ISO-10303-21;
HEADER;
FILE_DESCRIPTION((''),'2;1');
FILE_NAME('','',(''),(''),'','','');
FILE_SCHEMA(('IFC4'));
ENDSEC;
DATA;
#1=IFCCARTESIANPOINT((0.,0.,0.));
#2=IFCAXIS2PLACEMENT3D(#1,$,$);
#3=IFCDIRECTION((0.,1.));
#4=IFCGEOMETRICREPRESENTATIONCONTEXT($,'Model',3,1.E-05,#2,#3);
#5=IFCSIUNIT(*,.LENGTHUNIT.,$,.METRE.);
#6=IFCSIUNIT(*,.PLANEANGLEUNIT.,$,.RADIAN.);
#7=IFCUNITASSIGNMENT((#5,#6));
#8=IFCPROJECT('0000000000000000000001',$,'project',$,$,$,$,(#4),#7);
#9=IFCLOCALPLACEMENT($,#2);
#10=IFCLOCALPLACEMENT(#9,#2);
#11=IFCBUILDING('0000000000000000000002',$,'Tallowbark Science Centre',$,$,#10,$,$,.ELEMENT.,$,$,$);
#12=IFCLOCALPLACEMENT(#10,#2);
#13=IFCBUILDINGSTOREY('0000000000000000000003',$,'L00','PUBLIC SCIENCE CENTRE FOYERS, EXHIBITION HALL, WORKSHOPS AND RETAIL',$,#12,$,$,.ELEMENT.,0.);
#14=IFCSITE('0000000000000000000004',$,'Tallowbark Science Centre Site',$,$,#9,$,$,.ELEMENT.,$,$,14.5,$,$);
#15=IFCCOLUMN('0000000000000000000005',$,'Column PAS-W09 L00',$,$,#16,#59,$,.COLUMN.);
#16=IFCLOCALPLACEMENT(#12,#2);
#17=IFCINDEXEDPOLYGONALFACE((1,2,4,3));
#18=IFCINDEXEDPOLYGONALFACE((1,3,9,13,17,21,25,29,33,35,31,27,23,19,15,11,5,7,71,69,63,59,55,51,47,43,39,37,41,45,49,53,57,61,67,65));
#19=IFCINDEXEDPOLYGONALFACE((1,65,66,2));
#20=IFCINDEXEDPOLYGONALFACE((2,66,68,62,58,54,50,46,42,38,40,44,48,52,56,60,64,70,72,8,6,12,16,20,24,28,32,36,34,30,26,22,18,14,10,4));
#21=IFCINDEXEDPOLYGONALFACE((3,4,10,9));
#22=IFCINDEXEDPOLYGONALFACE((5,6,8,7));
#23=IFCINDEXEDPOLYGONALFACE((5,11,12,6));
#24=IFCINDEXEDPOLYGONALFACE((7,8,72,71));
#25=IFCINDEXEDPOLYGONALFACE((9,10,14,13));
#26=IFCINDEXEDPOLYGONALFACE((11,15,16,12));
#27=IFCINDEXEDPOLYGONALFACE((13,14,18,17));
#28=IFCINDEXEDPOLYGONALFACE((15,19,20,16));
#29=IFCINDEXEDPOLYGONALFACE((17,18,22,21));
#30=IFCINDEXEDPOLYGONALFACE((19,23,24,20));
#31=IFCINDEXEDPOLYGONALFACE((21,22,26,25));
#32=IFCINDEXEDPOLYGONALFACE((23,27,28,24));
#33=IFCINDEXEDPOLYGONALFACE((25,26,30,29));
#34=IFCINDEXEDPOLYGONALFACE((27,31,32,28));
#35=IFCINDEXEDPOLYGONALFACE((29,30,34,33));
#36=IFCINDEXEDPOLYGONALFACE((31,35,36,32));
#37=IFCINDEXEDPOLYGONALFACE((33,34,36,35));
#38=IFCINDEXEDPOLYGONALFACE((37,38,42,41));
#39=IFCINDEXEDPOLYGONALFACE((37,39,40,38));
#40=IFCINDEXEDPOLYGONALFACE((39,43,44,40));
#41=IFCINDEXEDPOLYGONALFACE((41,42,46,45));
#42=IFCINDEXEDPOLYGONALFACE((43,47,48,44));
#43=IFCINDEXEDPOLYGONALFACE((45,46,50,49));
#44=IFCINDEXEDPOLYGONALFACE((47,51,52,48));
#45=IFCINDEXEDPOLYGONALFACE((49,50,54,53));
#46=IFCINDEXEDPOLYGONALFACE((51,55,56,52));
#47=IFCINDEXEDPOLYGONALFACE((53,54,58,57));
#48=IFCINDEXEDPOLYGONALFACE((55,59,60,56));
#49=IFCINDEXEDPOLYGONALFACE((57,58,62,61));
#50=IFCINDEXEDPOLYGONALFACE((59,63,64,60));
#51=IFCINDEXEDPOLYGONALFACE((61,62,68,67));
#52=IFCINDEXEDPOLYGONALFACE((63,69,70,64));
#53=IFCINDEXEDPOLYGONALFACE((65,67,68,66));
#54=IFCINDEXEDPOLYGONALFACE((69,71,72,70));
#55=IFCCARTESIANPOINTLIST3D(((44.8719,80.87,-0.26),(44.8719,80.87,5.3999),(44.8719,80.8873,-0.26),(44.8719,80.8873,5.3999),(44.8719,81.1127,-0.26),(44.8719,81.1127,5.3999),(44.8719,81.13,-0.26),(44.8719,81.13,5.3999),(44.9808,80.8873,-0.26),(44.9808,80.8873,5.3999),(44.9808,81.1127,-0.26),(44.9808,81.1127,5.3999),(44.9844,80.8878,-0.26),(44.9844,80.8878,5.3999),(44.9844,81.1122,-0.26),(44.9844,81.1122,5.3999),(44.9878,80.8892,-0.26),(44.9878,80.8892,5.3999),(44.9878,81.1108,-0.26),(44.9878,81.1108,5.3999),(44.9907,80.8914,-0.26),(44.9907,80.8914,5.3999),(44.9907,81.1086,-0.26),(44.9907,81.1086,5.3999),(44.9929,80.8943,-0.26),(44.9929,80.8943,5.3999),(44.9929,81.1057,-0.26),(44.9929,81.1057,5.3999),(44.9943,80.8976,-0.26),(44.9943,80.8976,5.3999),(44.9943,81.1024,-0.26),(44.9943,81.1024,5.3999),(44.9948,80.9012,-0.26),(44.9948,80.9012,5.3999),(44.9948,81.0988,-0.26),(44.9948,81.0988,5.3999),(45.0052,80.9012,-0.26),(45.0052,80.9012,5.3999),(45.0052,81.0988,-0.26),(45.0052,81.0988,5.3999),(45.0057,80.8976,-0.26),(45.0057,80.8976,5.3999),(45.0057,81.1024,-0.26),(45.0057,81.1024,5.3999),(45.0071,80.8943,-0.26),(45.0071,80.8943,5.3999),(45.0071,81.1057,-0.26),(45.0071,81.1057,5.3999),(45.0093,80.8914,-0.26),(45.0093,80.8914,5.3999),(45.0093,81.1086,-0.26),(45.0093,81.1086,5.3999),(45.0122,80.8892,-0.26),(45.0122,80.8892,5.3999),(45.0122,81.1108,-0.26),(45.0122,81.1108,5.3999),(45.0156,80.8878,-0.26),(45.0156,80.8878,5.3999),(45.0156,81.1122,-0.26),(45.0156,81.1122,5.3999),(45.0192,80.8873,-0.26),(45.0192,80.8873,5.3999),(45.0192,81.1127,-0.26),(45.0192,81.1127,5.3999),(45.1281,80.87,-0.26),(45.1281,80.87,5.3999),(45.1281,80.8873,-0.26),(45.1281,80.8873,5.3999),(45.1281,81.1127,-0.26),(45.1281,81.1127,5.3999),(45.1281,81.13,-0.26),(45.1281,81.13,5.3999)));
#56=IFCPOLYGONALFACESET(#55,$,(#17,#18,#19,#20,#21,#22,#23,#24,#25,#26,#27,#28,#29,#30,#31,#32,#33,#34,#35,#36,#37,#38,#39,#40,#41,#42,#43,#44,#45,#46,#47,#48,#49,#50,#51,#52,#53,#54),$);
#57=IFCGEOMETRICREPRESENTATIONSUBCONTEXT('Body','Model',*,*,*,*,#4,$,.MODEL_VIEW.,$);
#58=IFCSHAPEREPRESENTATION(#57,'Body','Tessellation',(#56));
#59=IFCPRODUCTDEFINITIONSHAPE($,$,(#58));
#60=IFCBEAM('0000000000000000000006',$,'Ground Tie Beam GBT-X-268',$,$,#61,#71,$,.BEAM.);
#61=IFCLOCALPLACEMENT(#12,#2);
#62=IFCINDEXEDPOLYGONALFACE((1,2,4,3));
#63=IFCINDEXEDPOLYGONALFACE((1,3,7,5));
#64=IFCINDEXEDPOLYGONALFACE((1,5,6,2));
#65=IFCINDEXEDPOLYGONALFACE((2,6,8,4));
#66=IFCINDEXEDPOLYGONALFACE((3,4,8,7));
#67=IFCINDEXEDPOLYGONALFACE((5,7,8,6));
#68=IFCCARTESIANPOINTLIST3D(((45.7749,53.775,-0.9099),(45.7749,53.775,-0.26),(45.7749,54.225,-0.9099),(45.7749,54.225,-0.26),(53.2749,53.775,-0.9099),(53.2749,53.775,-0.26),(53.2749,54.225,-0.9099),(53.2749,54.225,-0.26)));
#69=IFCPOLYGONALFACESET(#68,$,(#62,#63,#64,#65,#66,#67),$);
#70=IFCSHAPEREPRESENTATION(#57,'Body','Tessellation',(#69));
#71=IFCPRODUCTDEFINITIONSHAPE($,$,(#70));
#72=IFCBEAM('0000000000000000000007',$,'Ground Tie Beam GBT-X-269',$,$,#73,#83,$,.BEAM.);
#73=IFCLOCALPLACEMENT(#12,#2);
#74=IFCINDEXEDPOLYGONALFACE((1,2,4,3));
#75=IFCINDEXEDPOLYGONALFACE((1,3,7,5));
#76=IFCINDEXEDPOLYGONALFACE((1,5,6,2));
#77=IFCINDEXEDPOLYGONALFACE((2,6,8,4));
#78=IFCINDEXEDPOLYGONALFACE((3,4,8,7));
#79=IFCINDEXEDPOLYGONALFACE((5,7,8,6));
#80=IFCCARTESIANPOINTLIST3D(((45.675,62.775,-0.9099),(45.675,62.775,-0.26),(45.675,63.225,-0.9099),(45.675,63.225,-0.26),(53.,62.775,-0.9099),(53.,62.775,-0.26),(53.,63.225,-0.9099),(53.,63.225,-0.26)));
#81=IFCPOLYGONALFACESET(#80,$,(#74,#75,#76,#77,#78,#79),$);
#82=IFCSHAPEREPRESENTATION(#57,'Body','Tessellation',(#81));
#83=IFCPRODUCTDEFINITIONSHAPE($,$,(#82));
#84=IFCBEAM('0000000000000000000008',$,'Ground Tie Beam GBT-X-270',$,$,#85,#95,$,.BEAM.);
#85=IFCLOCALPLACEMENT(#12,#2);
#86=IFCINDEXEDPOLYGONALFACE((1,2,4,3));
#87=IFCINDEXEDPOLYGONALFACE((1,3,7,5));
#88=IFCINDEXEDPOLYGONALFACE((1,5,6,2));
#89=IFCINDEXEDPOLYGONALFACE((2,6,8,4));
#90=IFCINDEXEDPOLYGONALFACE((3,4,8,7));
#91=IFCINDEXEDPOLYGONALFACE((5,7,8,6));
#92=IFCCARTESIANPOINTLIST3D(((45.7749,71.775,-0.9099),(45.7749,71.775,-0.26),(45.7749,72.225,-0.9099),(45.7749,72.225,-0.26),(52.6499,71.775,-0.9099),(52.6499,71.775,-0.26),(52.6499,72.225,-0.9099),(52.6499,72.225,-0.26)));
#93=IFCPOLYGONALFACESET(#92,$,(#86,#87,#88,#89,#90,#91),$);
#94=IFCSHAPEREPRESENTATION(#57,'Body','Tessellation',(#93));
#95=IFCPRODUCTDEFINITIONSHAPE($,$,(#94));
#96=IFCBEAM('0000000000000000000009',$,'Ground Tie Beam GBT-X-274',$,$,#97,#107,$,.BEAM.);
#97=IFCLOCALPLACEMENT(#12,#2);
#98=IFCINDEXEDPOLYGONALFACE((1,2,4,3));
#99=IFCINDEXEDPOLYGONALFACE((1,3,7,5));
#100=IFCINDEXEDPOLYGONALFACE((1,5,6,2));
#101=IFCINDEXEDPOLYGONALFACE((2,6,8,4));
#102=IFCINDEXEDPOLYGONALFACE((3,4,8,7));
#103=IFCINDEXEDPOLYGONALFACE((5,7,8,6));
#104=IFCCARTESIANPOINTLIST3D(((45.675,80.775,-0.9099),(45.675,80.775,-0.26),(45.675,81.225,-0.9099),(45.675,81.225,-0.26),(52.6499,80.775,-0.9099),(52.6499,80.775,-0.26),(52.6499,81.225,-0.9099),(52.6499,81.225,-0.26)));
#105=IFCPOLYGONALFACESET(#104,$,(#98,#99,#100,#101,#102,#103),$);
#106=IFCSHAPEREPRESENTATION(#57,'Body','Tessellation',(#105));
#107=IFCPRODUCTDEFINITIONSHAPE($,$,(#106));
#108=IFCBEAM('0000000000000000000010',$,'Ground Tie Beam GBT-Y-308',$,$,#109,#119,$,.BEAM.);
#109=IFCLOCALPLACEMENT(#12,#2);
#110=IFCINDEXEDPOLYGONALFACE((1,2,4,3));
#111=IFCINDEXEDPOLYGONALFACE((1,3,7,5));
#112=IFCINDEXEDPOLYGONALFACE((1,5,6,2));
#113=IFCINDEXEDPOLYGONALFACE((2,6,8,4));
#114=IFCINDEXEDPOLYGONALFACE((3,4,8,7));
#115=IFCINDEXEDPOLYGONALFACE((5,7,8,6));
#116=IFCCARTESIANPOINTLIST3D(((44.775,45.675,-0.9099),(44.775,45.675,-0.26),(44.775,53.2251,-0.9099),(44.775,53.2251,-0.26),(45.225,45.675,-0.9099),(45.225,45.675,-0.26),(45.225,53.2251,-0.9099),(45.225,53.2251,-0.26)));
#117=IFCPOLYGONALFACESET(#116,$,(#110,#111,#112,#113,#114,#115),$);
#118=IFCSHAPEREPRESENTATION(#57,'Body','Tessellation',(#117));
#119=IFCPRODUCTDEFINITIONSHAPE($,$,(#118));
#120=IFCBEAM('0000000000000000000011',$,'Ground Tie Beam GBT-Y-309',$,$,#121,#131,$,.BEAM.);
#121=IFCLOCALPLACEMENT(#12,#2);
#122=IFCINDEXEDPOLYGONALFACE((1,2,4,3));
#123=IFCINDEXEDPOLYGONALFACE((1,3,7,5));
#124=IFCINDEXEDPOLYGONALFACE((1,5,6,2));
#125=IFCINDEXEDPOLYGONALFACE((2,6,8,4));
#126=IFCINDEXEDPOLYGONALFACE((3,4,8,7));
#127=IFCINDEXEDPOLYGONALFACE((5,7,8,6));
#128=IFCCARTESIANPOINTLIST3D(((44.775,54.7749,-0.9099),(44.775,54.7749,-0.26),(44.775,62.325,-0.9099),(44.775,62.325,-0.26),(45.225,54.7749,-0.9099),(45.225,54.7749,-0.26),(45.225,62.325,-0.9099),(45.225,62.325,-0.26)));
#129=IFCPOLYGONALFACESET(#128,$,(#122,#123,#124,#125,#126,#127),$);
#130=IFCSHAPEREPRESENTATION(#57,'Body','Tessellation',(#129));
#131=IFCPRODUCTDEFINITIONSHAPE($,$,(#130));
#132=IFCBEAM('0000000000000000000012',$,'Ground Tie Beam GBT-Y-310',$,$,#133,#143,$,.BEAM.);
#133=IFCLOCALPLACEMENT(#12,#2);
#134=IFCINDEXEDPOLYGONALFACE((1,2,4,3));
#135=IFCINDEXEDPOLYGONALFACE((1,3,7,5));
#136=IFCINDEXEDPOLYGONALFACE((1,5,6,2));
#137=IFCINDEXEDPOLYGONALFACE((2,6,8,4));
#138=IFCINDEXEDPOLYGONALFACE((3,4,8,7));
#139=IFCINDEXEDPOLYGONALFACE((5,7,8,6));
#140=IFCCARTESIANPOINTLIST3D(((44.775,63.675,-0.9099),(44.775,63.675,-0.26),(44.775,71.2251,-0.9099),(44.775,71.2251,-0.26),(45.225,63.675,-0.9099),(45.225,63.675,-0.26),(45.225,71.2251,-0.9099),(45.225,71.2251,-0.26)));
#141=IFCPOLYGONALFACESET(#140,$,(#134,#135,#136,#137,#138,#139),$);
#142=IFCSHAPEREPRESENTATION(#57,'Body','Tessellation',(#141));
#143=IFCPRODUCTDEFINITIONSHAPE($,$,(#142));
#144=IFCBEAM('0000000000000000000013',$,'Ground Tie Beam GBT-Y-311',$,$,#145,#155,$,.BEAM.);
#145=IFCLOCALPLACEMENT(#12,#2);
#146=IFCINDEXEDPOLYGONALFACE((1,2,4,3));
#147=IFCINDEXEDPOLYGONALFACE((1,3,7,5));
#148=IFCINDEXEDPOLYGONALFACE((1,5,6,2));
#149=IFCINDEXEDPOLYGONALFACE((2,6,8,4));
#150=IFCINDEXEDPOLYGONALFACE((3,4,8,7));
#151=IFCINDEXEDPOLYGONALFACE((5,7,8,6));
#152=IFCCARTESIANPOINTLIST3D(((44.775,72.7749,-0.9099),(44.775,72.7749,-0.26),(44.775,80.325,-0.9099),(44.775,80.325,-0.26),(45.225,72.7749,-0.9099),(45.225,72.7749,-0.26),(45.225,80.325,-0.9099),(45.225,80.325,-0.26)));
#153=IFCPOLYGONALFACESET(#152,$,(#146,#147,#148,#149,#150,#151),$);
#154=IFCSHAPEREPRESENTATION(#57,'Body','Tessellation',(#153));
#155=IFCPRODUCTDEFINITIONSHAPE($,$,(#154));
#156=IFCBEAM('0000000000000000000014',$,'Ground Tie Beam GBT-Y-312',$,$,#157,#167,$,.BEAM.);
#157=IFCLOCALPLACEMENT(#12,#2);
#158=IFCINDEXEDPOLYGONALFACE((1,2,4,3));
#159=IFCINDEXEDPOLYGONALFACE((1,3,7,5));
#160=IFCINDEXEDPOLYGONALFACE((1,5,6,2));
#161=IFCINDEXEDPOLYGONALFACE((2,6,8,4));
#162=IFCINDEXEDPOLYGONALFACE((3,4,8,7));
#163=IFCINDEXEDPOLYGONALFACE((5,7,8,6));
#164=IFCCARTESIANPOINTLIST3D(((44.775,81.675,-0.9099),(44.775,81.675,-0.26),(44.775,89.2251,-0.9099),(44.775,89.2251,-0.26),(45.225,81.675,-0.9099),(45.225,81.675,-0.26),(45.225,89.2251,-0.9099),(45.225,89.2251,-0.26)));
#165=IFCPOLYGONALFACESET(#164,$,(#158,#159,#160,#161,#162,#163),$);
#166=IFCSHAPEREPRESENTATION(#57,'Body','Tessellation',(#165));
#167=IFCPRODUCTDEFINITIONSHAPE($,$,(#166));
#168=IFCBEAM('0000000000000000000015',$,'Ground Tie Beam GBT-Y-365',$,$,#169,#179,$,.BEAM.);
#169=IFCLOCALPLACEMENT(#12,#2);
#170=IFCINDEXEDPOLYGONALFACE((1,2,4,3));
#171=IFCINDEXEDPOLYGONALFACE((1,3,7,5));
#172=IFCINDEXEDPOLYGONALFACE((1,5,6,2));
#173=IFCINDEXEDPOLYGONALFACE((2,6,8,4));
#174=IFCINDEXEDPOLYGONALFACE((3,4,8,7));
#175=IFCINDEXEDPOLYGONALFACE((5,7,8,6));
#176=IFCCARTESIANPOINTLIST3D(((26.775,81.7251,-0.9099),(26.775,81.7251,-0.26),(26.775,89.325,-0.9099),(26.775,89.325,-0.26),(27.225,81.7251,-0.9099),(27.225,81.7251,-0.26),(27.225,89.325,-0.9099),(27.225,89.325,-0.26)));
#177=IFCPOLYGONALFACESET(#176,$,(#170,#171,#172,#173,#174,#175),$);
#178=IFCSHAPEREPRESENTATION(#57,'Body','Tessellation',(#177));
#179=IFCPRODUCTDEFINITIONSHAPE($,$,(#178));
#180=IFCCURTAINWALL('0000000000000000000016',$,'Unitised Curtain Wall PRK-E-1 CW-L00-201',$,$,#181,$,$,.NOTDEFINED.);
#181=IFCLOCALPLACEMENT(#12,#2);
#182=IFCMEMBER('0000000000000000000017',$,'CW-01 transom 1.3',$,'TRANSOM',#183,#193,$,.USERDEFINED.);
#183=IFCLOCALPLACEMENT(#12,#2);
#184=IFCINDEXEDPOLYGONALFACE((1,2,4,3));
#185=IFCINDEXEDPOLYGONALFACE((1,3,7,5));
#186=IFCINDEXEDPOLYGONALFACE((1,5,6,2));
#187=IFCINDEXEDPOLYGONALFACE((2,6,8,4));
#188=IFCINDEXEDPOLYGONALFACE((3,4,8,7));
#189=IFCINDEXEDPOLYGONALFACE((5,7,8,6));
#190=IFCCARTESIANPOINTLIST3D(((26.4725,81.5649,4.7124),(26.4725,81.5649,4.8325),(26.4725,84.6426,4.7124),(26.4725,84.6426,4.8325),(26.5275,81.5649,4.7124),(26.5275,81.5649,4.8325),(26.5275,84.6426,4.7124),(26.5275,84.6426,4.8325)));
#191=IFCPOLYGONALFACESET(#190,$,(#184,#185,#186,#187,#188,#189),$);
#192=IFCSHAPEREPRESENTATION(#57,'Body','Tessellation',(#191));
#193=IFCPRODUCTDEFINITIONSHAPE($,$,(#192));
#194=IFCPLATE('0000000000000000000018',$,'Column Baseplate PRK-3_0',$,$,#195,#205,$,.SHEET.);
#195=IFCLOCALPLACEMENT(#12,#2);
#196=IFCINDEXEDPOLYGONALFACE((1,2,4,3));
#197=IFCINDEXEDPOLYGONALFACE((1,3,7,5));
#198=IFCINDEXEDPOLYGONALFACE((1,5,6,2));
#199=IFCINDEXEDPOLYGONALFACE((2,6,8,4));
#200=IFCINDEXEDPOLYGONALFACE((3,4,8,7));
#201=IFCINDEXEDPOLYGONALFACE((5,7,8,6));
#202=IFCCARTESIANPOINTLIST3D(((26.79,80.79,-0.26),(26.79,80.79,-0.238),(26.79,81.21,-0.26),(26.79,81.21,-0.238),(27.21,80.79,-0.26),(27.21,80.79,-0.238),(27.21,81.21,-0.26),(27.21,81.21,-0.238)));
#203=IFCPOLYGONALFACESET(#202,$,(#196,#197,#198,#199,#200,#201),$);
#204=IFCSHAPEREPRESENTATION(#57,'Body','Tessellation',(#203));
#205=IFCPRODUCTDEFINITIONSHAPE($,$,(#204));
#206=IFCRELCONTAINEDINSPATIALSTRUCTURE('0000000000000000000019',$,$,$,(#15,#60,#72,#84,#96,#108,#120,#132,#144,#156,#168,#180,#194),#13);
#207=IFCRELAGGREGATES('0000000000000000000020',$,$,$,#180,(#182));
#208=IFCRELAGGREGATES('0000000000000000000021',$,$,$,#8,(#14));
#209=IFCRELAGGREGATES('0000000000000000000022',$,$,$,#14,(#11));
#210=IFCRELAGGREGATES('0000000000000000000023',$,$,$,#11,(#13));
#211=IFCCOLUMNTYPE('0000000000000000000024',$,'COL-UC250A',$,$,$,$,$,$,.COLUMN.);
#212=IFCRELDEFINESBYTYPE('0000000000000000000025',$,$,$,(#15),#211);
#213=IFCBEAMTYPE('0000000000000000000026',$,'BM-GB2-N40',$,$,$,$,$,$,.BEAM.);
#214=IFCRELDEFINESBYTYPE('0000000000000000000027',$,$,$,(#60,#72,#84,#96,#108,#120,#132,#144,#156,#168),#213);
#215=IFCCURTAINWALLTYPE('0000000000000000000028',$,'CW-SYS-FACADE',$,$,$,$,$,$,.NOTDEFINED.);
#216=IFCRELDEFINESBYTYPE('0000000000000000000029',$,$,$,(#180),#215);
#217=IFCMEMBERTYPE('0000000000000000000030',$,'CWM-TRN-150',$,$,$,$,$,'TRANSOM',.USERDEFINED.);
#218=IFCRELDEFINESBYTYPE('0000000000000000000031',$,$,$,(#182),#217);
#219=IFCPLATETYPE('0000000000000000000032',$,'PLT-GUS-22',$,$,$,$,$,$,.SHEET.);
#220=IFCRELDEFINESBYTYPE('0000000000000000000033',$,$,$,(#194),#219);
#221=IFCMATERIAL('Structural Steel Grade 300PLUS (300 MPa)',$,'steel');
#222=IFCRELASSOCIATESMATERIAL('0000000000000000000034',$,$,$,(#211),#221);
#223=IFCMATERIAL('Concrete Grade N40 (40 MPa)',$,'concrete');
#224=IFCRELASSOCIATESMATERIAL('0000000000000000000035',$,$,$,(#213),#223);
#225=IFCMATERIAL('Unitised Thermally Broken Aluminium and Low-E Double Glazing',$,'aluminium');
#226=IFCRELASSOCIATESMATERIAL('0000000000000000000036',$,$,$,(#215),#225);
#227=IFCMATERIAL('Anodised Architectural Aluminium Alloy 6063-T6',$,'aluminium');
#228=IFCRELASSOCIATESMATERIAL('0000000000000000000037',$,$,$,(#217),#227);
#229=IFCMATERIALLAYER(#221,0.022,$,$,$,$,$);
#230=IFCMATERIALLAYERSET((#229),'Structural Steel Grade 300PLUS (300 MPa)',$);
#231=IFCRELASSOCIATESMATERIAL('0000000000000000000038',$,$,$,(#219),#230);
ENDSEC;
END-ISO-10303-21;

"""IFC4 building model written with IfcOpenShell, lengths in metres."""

from ifc_helpers import new_model, si_unit, direction, frame, origin, origin_2d, place, context, subcontext, project, spatial, rectangle, i_section, extrude, material, layer, layer_set, material_profile, profile_set, type_object, element, aggregate, save


model = new_model("IFC4")

# Units and contexts
model_context = context("Model", 3, precision=1e-05, world=origin(), true_north=direction((0.0, 1.0)))
body_context = subcontext(model_context, "Body", "Model", "MODEL_VIEW")
ifc_project = project(units=[si_unit("LENGTHUNIT", "METRE"), si_unit("PLANEANGLEUNIT", "RADIAN")], contexts=[model_context])

# Site, building, storey
site_placement = place(None, origin())
site = spatial("IfcSite", under=ifc_project, at=site_placement, Name="Tallowbark Science Centre Site", CompositionType="ELEMENT", RefElevation=14.5)
building_placement = place(site_placement, origin())
building = spatial("IfcBuilding", under=site, at=building_placement, Name="Tallowbark Science Centre", CompositionType="ELEMENT")
storey_placement = place(building_placement, origin())
storey = spatial("IfcBuildingStorey", under=building, at=storey_placement, Name="L00", Description="PUBLIC SCIENCE CENTRE FOYERS, EXHIBITION HALL, WORKSHOPS AND RETAIL", CompositionType="ELEMENT", Elevation=0.0)

# Shared definitions
ifc_material_1 = material(Name="Concrete Grade N40 (40 MPa)", Category="concrete")

# Column
ifc_material_2 = material(Name="Structural Steel Grade 300PLUS (300 MPa)", Category="steel")
ifc_material_profile_1 = material_profile(ifc_material_2, i_section(OverallWidth=0.2561, OverallDepth=0.26, WebThickness=0.0105, FlangeThickness=0.0173, FilletRadius=0.0139, at=origin_2d()), Name="250UC89.5")
ifc_profile_set_1 = profile_set([ifc_material_profile_1], Name="Structural Steel Grade 300PLUS (300 MPa)")
column_type_1 = type_object("IfcColumnType", Name="COL-UC250A", PredefinedType="COLUMN", material=ifc_profile_set_1)
for number, where, z_axis, x_axis, name in (
    (1, (45.0, 81.0, -0.26), (0.0, 0.0, 1.0), (1.0, 0.0, 0.0), "Column PAS-W09 L00"),
):
    element("IfcColumn", number, at=place(storey_placement, frame(where, z_axis=z_axis, x_axis=x_axis)), inside=storey, type_object=column_type_1, Name=name, PredefinedType="COLUMN", context=body_context, shape_type="SweptSolid", body=[
        extrude(i_section(OverallWidth=0.2561, OverallDepth=0.26, WebThickness=0.0105, FlangeThickness=0.0173, FilletRadius=0.0139, at=origin_2d()), origin(), (0.0, 0.0, 1.0), 5.6599),
    ])

# Beams
ifc_material_profile_2 = material_profile(ifc_material_1, rectangle(XDim=0.45, YDim=0.6499, at=origin_2d()), Name="RC450x650")
ifc_profile_set_2 = profile_set([ifc_material_profile_2], Name="Concrete Grade N40 (40 MPa)")
beam_type = type_object("IfcBeamType", Name="BM-GB2-N40", PredefinedType="BEAM", material=ifc_profile_set_2)
beam_1_placement = place(storey_placement, frame((45.7749, 54.0, -0.585), z_axis=(1.0, 0.0, 0.0), x_axis=(0.0, 1.0, 0.0)))
element("IfcBeam", 2, at=beam_1_placement, inside=storey, type_object=beam_type, Name="Ground Tie Beam GBT-X-268", PredefinedType="BEAM", context=body_context, shape_type="SweptSolid", body=[
    extrude(rectangle(XDim=0.45, YDim=0.6499, at=origin_2d()), origin(), (0.0, 0.0, 1.0), 7.5),
])
beam_2_placement = place(storey_placement, frame((45.675, 63.0, -0.585), z_axis=(1.0, 0.0, 0.0), x_axis=(0.0, 1.0, 0.0)))
element("IfcBeam", 3, at=beam_2_placement, inside=storey, type_object=beam_type, Name="Ground Tie Beam GBT-X-269", PredefinedType="BEAM", context=body_context, shape_type="SweptSolid", body=[
    extrude(rectangle(XDim=0.45, YDim=0.6499, at=origin_2d()), origin(), (0.0, 0.0, 1.0), 7.325),
])
beam_3_placement = place(storey_placement, frame((45.7749, 72.0, -0.585), z_axis=(1.0, 0.0, 0.0), x_axis=(0.0, 1.0, 0.0)))
element("IfcBeam", 4, at=beam_3_placement, inside=storey, type_object=beam_type, Name="Ground Tie Beam GBT-X-270", PredefinedType="BEAM", context=body_context, shape_type="SweptSolid", body=[
    extrude(rectangle(XDim=0.45, YDim=0.6499, at=origin_2d()), origin(), (0.0, 0.0, 1.0), 6.875),
])
beam_4_placement = place(storey_placement, frame((45.675, 81.0, -0.585), z_axis=(1.0, 0.0, 0.0), x_axis=(0.0, 1.0, 0.0)))
element("IfcBeam", 5, at=beam_4_placement, inside=storey, type_object=beam_type, Name="Ground Tie Beam GBT-X-274", PredefinedType="BEAM", context=body_context, shape_type="SweptSolid", body=[
    extrude(rectangle(XDim=0.45, YDim=0.6499, at=origin_2d()), origin(), (0.0, 0.0, 1.0), 6.9749),
])
for number, where, z_axis, x_axis, name in (
    (6, (45.0, 45.675, -0.585), (0.0, 1.0, 0.0), (-1.0, 0.0, 0.0), "Ground Tie Beam GBT-Y-308"),
    (7, (45.0, 54.7749, -0.585), (0.0, 1.0, 0.0), (-1.0, 0.0, 0.0), "Ground Tie Beam GBT-Y-309"),
    (8, (45.0, 63.675, -0.585), (0.0, 1.0, 0.0), (-1.0, 0.0, 0.0), "Ground Tie Beam GBT-Y-310"),
    (9, (45.0, 72.7749, -0.585), (0.0, 1.0, 0.0), (-1.0, 0.0, 0.0), "Ground Tie Beam GBT-Y-311"),
    (10, (45.0, 81.675, -0.585), (0.0, 1.0, 0.0), (-1.0, 0.0, 0.0), "Ground Tie Beam GBT-Y-312"),
):
    element("IfcBeam", number, at=place(storey_placement, frame(where, z_axis=z_axis, x_axis=x_axis)), inside=storey, type_object=beam_type, Name=name, PredefinedType="BEAM", context=body_context, shape_type="SweptSolid", body=[
        extrude(rectangle(XDim=0.45, YDim=0.6499, at=origin_2d()), origin(), (0.0, 0.0, 1.0), 7.55),
    ])
beam_5_placement = place(storey_placement, frame((27.0, 81.7251, -0.585), z_axis=(0.0, 1.0, 0.0), x_axis=(-1.0, 0.0, 0.0)))
element("IfcBeam", 11, at=beam_5_placement, inside=storey, type_object=beam_type, Name="Ground Tie Beam GBT-Y-365", PredefinedType="BEAM", context=body_context, shape_type="SweptSolid", body=[
    extrude(rectangle(XDim=0.45, YDim=0.6499, at=origin_2d()), origin(), (0.0, 0.0, 1.0), 7.5999),
])

# Curtain wall, member
ifc_material_3 = material(Name="Unitised Thermally Broken Aluminium and Low-E Double Glazing", Category="aluminium")
curtain_wall_type = type_object("IfcCurtainWallType", Name="CW-SYS-FACADE", PredefinedType="NOTDEFINED", material=ifc_material_3)
curtain_wall_placement = place(storey_placement, origin())
curtain_wall = element("IfcCurtainWall", 12, at=curtain_wall_placement, inside=storey, type_object=curtain_wall_type, Name="Unitised Curtain Wall PRK-E-1 CW-L00-201", PredefinedType="NOTDEFINED")
ifc_material_4 = material(Name="Anodised Architectural Aluminium Alloy 6063-T6", Category="aluminium")
ifc_material_profile_3 = material_profile(ifc_material_4, rectangle(XDim=0.0549, YDim=0.1201, at=origin_2d()), Name="ALU55x120")
ifc_profile_set_3 = profile_set([ifc_material_profile_3], Name="Anodised Architectural Aluminium Alloy 6063-T6")
member_type = type_object("IfcMemberType", Name="CWM-TRN-150", ElementType="TRANSOM", PredefinedType="USERDEFINED", material=ifc_profile_set_3)
member_placement = place(storey_placement, frame((26.5, 81.5649, 4.7725), z_axis=(0.0, 1.0, 0.0), x_axis=(-1.0, 0.0, 0.0)))
member = element("IfcMember", 13, at=member_placement, type_object=member_type, Name="CW-01 transom 1.3", ObjectType="TRANSOM", PredefinedType="USERDEFINED", context=body_context, shape_type="SweptSolid", body=[
    extrude(rectangle(XDim=0.0549, YDim=0.1201, at=origin_2d()), origin(), (0.0, 0.0, 1.0), 3.0776),
])
aggregate(curtain_wall, [member])

# Plate
ifc_layer_1 = layer(ifc_material_2, 0.022)
ifc_layer_set_1 = layer_set([ifc_layer_1], Name="Structural Steel Grade 300PLUS (300 MPa)")
plate_type = type_object("IfcPlateType", Name="PLT-GUS-22", PredefinedType="SHEET", material=ifc_layer_set_1)
plate_placement = place(storey_placement, frame((27.0, 81.0, -0.26), z_axis=(0.0, 0.0, 1.0), x_axis=(1.0, 0.0, 0.0)))
element("IfcPlate", 14, at=plate_placement, inside=storey, type_object=plate_type, Name="Column Baseplate PRK-3_0", PredefinedType="SHEET", context=body_context, shape_type="SweptSolid", body=[
    extrude(rectangle(XDim=0.4199, YDim=0.4199, at=origin_2d()), origin(), (0.0, 0.0, 1.0), 0.022),
])

save(model, "model.ifc")
